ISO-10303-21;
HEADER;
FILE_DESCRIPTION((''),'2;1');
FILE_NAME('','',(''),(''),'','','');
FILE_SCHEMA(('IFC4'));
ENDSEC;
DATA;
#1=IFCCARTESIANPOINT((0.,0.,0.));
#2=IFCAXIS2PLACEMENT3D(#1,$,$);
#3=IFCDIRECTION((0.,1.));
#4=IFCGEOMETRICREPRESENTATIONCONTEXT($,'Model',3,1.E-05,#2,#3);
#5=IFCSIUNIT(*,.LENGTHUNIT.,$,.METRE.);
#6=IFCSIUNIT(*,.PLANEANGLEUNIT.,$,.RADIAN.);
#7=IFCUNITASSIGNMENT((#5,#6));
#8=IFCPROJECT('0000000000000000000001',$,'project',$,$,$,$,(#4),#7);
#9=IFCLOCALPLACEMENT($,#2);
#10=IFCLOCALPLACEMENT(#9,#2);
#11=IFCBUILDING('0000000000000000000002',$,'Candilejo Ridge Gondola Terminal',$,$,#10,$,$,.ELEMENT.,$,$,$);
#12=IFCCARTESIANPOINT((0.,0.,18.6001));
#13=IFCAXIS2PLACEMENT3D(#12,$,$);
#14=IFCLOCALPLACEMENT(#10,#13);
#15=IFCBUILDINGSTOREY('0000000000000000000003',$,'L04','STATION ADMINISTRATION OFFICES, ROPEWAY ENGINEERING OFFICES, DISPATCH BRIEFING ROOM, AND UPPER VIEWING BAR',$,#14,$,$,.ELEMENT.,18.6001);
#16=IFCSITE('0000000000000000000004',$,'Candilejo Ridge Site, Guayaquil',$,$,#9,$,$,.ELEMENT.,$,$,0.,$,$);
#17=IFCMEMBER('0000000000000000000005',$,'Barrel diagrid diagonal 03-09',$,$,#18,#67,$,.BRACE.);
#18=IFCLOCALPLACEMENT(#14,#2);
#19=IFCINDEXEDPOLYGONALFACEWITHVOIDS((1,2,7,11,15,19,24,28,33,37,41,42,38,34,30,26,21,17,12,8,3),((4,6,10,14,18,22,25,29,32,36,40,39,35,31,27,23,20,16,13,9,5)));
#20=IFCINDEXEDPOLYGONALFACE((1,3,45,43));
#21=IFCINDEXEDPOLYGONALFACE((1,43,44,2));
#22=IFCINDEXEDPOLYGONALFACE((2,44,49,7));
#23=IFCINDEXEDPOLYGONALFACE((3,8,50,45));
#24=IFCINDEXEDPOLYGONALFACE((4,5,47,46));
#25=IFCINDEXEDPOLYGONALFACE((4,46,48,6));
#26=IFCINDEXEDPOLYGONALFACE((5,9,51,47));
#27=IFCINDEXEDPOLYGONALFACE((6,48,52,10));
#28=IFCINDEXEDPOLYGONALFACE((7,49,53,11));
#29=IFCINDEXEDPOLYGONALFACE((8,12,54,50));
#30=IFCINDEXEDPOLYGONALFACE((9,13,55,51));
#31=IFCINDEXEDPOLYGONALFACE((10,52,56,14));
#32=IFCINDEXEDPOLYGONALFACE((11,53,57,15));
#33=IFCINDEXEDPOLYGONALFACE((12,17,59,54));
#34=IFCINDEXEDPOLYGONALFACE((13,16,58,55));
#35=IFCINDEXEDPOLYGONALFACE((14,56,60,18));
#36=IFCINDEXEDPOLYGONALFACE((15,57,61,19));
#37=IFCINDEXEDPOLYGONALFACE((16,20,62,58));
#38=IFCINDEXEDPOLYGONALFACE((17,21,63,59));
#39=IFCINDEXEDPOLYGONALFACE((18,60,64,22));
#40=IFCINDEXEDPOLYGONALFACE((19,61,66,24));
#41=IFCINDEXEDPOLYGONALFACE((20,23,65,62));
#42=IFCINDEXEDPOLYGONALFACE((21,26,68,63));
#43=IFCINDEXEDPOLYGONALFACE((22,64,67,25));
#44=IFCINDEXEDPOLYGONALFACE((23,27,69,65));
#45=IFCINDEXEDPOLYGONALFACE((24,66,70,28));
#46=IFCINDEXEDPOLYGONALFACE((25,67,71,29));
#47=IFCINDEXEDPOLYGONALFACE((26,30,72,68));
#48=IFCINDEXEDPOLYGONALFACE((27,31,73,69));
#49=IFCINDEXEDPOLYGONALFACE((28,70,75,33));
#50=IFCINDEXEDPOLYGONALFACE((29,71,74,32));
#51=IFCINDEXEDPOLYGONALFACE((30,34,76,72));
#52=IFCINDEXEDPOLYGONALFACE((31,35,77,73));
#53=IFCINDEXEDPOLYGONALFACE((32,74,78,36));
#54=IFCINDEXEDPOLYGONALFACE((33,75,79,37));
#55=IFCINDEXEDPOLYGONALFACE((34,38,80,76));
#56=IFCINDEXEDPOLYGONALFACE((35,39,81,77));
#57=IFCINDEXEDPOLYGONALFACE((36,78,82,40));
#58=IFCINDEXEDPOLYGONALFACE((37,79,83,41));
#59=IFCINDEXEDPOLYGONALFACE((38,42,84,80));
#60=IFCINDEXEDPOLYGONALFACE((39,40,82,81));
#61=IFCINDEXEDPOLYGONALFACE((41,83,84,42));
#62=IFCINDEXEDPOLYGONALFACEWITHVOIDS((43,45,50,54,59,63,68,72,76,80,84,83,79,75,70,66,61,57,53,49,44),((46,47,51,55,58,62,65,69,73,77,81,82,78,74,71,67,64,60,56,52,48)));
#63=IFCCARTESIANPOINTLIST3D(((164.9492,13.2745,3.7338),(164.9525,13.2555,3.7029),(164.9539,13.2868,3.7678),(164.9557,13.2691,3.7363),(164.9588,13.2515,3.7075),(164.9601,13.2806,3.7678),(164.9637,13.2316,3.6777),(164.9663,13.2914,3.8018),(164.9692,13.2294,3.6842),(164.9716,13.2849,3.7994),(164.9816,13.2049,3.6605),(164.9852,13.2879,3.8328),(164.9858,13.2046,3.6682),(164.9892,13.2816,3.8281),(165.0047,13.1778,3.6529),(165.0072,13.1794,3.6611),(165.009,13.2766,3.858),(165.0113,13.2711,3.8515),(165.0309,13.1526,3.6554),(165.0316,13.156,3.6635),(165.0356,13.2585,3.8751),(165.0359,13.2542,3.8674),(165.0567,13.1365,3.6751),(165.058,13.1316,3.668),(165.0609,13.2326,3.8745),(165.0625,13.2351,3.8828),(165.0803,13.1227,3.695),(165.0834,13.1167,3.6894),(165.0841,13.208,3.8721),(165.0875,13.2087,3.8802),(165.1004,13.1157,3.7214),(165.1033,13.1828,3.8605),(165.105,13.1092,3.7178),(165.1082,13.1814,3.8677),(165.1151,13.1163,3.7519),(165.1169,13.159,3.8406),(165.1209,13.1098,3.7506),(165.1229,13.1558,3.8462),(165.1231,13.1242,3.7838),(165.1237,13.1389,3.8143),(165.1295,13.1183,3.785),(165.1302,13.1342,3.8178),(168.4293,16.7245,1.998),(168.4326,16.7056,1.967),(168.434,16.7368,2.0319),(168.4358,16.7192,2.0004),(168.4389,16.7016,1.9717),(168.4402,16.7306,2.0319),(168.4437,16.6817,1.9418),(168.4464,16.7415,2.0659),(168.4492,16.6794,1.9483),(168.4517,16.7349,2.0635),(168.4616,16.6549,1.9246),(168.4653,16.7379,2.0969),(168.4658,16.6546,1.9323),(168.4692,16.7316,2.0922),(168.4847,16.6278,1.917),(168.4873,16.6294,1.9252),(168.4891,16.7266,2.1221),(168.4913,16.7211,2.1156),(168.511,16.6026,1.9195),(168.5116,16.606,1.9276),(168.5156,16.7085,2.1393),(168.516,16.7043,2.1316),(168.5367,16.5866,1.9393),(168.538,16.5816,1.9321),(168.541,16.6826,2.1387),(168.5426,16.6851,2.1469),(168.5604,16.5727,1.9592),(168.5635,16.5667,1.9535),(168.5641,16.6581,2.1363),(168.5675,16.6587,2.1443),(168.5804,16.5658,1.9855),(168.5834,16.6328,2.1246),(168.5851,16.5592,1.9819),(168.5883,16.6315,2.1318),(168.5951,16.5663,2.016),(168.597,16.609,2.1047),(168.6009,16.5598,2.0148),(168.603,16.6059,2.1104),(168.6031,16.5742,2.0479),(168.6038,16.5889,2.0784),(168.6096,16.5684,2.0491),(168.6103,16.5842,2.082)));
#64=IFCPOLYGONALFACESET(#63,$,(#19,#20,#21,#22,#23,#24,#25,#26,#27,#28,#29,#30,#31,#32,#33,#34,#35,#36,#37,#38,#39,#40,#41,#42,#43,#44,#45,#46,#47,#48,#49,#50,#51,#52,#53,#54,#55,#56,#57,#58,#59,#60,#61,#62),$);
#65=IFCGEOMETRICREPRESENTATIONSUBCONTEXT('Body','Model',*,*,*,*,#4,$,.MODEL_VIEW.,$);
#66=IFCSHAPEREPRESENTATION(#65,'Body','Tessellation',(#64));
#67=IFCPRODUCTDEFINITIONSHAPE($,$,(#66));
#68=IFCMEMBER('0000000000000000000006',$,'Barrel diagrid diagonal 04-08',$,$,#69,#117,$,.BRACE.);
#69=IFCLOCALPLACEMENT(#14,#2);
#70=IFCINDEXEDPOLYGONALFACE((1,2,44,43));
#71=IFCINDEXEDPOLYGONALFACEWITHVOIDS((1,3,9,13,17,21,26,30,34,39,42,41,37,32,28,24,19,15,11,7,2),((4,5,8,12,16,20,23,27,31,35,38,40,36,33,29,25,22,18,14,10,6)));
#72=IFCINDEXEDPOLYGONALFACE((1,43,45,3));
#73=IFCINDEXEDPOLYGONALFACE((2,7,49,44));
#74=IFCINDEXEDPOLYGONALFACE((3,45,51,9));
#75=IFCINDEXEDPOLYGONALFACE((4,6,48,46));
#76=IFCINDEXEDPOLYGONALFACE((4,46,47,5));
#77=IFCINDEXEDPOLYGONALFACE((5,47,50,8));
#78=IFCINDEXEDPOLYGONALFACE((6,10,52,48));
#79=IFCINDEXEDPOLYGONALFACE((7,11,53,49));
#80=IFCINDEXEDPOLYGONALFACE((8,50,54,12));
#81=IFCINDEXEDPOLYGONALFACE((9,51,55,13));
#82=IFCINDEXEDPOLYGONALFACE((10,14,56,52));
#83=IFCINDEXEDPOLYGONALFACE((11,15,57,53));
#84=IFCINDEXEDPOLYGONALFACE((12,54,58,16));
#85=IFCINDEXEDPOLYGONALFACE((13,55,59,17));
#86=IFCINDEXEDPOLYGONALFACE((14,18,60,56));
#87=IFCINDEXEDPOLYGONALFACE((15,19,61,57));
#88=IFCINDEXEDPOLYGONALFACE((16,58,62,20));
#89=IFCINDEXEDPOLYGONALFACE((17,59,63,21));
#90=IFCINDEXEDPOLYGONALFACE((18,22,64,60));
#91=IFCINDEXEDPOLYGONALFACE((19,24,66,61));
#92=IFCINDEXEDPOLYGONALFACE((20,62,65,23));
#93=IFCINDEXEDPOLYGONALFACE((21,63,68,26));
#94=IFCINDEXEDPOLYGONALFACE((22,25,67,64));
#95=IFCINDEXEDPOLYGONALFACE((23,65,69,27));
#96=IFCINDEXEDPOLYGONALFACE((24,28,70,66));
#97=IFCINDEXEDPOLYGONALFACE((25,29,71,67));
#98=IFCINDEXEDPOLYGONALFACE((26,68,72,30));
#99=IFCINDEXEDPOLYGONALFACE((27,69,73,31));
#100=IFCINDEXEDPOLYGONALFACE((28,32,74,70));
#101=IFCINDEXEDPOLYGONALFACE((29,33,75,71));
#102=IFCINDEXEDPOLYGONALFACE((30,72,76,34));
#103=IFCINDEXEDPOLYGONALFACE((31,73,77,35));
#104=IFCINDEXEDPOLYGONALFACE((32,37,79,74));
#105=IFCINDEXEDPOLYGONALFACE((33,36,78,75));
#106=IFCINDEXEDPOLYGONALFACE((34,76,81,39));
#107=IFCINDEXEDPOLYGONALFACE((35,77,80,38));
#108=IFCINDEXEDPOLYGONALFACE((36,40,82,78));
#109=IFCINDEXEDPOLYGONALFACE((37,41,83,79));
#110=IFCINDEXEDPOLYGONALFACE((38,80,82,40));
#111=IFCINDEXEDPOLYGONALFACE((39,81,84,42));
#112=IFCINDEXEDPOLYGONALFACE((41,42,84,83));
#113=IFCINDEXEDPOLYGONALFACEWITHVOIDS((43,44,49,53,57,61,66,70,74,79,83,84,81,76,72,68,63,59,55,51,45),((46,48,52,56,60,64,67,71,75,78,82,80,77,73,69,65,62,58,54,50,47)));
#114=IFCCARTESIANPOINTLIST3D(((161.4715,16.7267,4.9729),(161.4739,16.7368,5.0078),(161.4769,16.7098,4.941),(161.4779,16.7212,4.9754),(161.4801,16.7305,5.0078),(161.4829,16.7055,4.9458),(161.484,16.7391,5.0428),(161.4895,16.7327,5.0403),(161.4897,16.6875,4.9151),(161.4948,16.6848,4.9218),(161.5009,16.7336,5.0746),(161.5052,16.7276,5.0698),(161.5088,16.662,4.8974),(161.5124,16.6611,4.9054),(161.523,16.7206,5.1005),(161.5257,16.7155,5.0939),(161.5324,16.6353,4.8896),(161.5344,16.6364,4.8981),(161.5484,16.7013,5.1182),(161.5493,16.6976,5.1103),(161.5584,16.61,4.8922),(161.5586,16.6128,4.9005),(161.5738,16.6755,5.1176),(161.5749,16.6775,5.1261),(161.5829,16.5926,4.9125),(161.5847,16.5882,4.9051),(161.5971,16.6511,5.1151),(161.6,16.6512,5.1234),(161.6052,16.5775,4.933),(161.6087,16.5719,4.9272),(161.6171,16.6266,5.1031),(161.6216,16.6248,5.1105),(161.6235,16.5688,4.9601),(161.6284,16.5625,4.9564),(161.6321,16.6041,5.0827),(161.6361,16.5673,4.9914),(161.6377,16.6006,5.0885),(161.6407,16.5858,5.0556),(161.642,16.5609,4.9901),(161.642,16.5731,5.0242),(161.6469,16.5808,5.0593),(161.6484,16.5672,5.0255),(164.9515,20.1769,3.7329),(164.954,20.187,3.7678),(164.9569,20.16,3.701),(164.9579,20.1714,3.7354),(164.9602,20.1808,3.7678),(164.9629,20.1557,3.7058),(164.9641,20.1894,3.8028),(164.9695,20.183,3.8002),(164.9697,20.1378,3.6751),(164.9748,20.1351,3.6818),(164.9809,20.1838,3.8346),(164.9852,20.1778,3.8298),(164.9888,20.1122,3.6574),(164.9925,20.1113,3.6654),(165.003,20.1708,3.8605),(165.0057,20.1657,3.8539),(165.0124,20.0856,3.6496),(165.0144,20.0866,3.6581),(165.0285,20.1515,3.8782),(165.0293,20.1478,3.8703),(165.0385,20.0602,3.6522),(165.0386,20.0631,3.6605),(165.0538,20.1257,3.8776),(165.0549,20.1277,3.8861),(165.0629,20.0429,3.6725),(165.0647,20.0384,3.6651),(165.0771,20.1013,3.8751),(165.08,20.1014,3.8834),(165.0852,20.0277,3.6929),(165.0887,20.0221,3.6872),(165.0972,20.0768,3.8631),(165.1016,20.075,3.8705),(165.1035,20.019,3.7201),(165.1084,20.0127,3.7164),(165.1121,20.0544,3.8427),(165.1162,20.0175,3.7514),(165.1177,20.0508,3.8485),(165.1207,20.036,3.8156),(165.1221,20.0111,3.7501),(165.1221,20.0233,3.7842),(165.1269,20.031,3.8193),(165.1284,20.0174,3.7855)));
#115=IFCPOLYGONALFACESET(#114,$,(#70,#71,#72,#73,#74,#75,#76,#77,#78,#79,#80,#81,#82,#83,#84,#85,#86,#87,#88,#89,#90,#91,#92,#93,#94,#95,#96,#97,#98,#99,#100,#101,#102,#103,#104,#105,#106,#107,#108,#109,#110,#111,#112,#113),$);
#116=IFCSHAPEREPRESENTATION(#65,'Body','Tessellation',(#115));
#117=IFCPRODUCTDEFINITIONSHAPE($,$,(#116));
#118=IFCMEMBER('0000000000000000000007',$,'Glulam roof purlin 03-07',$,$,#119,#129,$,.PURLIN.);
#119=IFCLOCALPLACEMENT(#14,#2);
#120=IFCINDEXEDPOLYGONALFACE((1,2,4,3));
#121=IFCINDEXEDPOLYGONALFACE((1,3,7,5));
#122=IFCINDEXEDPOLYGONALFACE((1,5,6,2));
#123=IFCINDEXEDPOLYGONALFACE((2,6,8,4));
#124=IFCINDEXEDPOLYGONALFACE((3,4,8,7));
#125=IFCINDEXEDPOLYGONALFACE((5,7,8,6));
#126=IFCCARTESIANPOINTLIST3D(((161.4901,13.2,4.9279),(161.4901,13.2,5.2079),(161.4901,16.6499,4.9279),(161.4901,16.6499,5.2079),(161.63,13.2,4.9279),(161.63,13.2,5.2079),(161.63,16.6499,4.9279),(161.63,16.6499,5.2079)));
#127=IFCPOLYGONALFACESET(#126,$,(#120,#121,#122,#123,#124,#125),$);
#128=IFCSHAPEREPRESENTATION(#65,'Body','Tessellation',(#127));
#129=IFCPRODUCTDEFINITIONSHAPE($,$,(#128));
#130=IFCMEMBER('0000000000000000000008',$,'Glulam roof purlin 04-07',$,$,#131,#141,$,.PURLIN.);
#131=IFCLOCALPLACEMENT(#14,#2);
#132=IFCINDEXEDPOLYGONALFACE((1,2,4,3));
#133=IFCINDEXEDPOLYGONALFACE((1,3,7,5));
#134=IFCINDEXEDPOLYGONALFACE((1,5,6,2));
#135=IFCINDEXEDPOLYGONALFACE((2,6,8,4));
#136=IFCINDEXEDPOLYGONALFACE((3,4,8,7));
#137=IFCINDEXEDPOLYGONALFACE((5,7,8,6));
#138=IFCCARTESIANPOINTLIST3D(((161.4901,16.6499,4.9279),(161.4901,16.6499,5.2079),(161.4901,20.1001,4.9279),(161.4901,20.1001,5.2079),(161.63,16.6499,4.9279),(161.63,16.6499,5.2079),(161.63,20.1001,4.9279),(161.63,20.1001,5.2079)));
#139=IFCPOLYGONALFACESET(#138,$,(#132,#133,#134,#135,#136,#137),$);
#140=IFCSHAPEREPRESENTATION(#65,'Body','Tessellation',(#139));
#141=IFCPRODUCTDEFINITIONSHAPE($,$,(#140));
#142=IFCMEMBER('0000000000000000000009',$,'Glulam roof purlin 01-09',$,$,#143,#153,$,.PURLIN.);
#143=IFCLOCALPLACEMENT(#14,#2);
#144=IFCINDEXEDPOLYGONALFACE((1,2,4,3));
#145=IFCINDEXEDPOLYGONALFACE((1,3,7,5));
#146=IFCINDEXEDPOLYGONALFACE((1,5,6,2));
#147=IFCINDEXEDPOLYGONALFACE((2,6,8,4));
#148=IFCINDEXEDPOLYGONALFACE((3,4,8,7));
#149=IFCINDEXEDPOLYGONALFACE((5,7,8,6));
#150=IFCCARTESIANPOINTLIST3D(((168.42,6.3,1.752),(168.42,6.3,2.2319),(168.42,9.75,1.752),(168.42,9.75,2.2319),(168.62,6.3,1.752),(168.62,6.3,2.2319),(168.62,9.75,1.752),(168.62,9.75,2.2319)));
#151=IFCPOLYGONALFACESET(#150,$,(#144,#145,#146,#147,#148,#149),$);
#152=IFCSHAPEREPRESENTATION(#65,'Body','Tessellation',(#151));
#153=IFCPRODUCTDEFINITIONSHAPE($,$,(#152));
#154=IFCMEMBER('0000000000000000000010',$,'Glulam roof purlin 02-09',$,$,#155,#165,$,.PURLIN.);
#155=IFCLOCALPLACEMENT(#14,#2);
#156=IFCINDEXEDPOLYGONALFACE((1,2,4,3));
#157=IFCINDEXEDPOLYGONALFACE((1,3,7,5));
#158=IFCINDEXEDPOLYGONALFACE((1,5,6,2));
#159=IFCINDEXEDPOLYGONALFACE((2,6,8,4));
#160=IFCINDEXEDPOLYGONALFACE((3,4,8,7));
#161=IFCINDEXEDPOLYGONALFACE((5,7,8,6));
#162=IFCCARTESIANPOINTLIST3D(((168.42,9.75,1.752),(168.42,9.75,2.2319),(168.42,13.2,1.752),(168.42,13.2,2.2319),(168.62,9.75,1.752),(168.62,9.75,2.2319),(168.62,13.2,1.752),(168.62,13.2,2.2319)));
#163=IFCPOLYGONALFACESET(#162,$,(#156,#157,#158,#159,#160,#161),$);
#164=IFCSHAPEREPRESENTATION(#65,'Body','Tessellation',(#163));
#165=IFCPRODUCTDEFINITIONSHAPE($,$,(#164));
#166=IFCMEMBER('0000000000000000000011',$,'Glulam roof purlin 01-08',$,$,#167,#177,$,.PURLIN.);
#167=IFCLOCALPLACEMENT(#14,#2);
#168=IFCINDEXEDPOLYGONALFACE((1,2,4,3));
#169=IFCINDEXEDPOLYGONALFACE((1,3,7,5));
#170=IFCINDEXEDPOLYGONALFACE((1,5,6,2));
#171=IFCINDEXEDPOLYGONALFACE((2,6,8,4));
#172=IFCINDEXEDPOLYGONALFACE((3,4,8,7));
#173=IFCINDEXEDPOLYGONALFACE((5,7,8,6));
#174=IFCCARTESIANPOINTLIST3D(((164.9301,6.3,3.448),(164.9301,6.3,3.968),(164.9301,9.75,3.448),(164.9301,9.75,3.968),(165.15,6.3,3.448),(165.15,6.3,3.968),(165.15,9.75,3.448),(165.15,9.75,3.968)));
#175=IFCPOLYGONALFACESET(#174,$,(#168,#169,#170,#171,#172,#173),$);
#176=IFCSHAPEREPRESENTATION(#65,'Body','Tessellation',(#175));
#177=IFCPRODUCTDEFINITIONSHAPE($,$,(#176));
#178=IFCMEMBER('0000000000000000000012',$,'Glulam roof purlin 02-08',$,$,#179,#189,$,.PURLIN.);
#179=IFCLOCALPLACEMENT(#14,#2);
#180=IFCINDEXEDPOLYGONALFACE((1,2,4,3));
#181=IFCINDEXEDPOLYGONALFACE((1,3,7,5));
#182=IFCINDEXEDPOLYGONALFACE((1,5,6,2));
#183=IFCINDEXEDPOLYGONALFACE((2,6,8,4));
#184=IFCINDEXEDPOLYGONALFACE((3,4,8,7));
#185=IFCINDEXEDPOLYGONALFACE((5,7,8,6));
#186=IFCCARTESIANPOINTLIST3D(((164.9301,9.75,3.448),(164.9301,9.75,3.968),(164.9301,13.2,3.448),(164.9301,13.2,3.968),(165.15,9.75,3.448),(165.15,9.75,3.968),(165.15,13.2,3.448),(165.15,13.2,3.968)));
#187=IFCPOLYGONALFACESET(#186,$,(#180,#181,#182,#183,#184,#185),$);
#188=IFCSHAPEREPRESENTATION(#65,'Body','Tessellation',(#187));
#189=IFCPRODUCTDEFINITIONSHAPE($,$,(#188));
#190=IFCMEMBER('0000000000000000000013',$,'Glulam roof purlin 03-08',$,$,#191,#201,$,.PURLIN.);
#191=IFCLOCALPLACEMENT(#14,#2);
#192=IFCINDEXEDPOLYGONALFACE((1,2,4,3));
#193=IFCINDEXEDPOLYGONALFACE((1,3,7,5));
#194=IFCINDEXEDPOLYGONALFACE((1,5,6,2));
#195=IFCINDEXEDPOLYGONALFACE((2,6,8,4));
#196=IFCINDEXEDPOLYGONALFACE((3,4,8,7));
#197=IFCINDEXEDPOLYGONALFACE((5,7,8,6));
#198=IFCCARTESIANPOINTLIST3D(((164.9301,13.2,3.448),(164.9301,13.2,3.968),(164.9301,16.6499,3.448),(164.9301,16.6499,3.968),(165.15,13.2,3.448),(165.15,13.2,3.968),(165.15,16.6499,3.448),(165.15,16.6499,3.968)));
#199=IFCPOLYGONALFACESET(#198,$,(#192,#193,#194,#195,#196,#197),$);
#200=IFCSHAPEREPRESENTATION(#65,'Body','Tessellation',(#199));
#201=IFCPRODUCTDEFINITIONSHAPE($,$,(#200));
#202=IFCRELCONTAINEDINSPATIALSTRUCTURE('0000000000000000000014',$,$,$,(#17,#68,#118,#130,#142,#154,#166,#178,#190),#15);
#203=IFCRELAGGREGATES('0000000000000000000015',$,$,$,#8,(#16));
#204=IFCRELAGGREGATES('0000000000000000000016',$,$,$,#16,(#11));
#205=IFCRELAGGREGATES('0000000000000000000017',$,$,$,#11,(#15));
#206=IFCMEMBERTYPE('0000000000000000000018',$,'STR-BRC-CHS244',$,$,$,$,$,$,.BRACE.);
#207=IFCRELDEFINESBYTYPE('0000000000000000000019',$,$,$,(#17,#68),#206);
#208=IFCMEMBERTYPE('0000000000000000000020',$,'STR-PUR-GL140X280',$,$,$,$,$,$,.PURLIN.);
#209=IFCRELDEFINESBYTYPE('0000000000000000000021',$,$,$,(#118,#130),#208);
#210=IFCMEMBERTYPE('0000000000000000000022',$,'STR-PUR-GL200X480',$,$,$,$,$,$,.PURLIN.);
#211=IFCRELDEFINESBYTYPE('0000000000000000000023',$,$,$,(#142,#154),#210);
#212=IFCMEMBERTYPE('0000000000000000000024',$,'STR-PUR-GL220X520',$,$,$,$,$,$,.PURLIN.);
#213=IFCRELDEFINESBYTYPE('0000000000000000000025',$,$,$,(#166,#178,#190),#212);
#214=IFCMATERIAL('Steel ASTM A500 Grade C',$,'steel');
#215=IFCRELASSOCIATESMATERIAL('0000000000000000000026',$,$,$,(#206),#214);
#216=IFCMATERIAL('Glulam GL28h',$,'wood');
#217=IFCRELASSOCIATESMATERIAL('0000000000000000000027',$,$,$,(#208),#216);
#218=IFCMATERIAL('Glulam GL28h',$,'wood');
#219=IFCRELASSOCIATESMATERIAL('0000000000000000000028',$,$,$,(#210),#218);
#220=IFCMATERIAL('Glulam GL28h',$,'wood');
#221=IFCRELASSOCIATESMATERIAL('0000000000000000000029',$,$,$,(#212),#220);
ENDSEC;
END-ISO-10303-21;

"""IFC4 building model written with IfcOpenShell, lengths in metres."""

from ifc_helpers import new_model, si_unit, direction, frame, origin, origin_2d, place, context, subcontext, project, spatial, rectangle, hollow_circle, extrude, material, material_profile, profile_set, type_object, element, save


model = new_model("IFC4")

# Units and contexts
model_context = context("Model", 3, precision=1e-05, world=origin(), true_north=direction((0.0, 1.0)))
body_context = subcontext(model_context, "Body", "Model", "MODEL_VIEW")
ifc_project = project(units=[si_unit("LENGTHUNIT", "METRE"), si_unit("PLANEANGLEUNIT", "RADIAN")], contexts=[model_context])

# Site, building, storey
site_placement = place(None, origin())
site = spatial("IfcSite", under=ifc_project, at=site_placement, Name="Candilejo Ridge Site, Guayaquil", CompositionType="ELEMENT", RefElevation=0.0)
building_placement = place(site_placement, origin())
building = spatial("IfcBuilding", under=site, at=building_placement, Name="Candilejo Ridge Gondola Terminal", CompositionType="ELEMENT")
storey_placement = place(building_placement, frame((0.0, 0.0, 18.6001)))
storey = spatial("IfcBuildingStorey", under=building, at=storey_placement, Name="L04", Description="STATION ADMINISTRATION OFFICES, ROPEWAY ENGINEERING OFFICES, DISPATCH BRIEFING ROOM, AND UPPER VIEWING BAR", CompositionType="ELEMENT", Elevation=18.6001)

# Members
ifc_material_1 = material(Name="Steel ASTM A500 Grade C", Category="steel")
ifc_material_profile_1 = material_profile(ifc_material_1, hollow_circle(Radius=0.1223, WallThickness=0.0088, at=origin_2d()))
ifc_profile_set_1 = profile_set([ifc_material_profile_1], Name="Steel ASTM A500 Grade C")
member_type_1 = type_object("IfcMemberType", Name="STR-BRC-CHS244", PredefinedType="BRACE", material=ifc_profile_set_1)
member_1_placement = place(storey_placement, frame((165.04, 13.2, 3.7678), z_axis=(0.669406, 0.663629, -0.333904), x_axis=(-0.704036, 0.710164, 0.0)))
element("IfcMember", 1, at=member_1_placement, inside=storey, type_object=member_type_1, Name="Barrel diagrid diagonal 03-09", PredefinedType="BRACE", context=body_context, shape_type="SweptSolid", body=[
    extrude(hollow_circle(Radius=0.1223, WallThickness=0.0088, at=origin_2d()), origin(), (0.0, 0.0, 1.0), 5.1987),
])
member_2_placement = place(storey_placement, frame((161.5601, 16.6499, 5.0078), z_axis=(0.688441, 0.682549, -0.245306), x_axis=(-0.704061, 0.710139, 0.0)))
element("IfcMember", 2, at=member_2_placement, inside=storey, type_object=member_type_1, Name="Barrel diagrid diagonal 04-08", PredefinedType="BRACE", context=body_context, shape_type="SweptSolid", body=[
    extrude(hollow_circle(Radius=0.1223, WallThickness=0.0088, at=origin_2d()), origin(), (0.0, 0.0, 1.0), 5.0549),
])
ifc_material_2 = material(Name="Glulam GL28h", Category="wood")
ifc_material_profile_2 = material_profile(ifc_material_2, rectangle(XDim=0.1399, YDim=0.28, at=origin_2d()))
ifc_profile_set_2 = profile_set([ifc_material_profile_2], Name="Glulam GL28h")
member_type_2 = type_object("IfcMemberType", Name="STR-PUR-GL140X280", PredefinedType="PURLIN", material=ifc_profile_set_2)
member_3_placement = place(storey_placement, frame((161.5601, 13.2, 5.0679), z_axis=(0.0, 1.0, 0.0), x_axis=(-1.0, 0.0, 0.0)))
element("IfcMember", 3, at=member_3_placement, inside=storey, type_object=member_type_2, Name="Glulam roof purlin 03-07", PredefinedType="PURLIN", context=body_context, shape_type="SweptSolid", body=[
    extrude(rectangle(XDim=0.1399, YDim=0.28, at=origin_2d()), origin(), (0.0, 0.0, 1.0), 3.45),
])
member_4_placement = place(storey_placement, frame((161.5601, 16.6499, 5.0679), z_axis=(0.0, 1.0, 0.0), x_axis=(-1.0, 0.0, 0.0)))
element("IfcMember", 4, at=member_4_placement, inside=storey, type_object=member_type_2, Name="Glulam roof purlin 04-07", PredefinedType="PURLIN", context=body_context, shape_type="SweptSolid", body=[
    extrude(rectangle(XDim=0.1399, YDim=0.28, at=origin_2d()), origin(), (0.0, 0.0, 1.0), 3.4502),
])
ifc_material_3 = material(Name="Glulam GL28h", Category="wood")
ifc_material_profile_3 = material_profile(ifc_material_3, rectangle(XDim=0.2, YDim=0.48, at=origin_2d()))
ifc_profile_set_3 = profile_set([ifc_material_profile_3], Name="Glulam GL28h")
member_type_3 = type_object("IfcMemberType", Name="STR-PUR-GL200X480", PredefinedType="PURLIN", material=ifc_profile_set_3)
for number, where, z_axis, x_axis, name in (
    (5, (168.52, 6.3, 1.9919), (0.0, 1.0, 0.0), (-1.0, 0.0, 0.0), "Glulam roof purlin 01-09"),
    (6, (168.52, 9.75, 1.9919), (0.0, 1.0, 0.0), (-1.0, 0.0, 0.0), "Glulam roof purlin 02-09"),
):
    element("IfcMember", number, at=place(storey_placement, frame(where, z_axis=z_axis, x_axis=x_axis)), inside=storey, type_object=member_type_3, Name=name, PredefinedType="PURLIN", context=body_context, shape_type="SweptSolid", body=[
        extrude(rectangle(XDim=0.2, YDim=0.48, at=origin_2d()), origin(), (0.0, 0.0, 1.0), 3.45),
    ])
ifc_material_4 = material(Name="Glulam GL28h", Category="wood")
ifc_material_profile_4 = material_profile(ifc_material_4, rectangle(XDim=0.22, YDim=0.52, at=origin_2d()))
ifc_profile_set_4 = profile_set([ifc_material_profile_4], Name="Glulam GL28h")
member_type_4 = type_object("IfcMemberType", Name="STR-PUR-GL220X520", PredefinedType="PURLIN", material=ifc_profile_set_4)
for number, where, z_axis, x_axis, name in (
    (7, (165.04, 6.3, 3.708), (0.0, 1.0, 0.0), (-1.0, 0.0, 0.0), "Glulam roof purlin 01-08"),
    (8, (165.04, 9.75, 3.708), (0.0, 1.0, 0.0), (-1.0, 0.0, 0.0), "Glulam roof purlin 02-08"),
    (9, (165.04, 13.2, 3.708), (0.0, 1.0, 0.0), (-1.0, 0.0, 0.0), "Glulam roof purlin 03-08"),
):
    element("IfcMember", number, at=place(storey_placement, frame(where, z_axis=z_axis, x_axis=x_axis)), inside=storey, type_object=member_type_4, Name=name, PredefinedType="PURLIN", context=body_context, shape_type="SweptSolid", body=[
        extrude(rectangle(XDim=0.22, YDim=0.52, at=origin_2d()), origin(), (0.0, 0.0, 1.0), 3.45),
    ])

save(model, "model.ifc")
